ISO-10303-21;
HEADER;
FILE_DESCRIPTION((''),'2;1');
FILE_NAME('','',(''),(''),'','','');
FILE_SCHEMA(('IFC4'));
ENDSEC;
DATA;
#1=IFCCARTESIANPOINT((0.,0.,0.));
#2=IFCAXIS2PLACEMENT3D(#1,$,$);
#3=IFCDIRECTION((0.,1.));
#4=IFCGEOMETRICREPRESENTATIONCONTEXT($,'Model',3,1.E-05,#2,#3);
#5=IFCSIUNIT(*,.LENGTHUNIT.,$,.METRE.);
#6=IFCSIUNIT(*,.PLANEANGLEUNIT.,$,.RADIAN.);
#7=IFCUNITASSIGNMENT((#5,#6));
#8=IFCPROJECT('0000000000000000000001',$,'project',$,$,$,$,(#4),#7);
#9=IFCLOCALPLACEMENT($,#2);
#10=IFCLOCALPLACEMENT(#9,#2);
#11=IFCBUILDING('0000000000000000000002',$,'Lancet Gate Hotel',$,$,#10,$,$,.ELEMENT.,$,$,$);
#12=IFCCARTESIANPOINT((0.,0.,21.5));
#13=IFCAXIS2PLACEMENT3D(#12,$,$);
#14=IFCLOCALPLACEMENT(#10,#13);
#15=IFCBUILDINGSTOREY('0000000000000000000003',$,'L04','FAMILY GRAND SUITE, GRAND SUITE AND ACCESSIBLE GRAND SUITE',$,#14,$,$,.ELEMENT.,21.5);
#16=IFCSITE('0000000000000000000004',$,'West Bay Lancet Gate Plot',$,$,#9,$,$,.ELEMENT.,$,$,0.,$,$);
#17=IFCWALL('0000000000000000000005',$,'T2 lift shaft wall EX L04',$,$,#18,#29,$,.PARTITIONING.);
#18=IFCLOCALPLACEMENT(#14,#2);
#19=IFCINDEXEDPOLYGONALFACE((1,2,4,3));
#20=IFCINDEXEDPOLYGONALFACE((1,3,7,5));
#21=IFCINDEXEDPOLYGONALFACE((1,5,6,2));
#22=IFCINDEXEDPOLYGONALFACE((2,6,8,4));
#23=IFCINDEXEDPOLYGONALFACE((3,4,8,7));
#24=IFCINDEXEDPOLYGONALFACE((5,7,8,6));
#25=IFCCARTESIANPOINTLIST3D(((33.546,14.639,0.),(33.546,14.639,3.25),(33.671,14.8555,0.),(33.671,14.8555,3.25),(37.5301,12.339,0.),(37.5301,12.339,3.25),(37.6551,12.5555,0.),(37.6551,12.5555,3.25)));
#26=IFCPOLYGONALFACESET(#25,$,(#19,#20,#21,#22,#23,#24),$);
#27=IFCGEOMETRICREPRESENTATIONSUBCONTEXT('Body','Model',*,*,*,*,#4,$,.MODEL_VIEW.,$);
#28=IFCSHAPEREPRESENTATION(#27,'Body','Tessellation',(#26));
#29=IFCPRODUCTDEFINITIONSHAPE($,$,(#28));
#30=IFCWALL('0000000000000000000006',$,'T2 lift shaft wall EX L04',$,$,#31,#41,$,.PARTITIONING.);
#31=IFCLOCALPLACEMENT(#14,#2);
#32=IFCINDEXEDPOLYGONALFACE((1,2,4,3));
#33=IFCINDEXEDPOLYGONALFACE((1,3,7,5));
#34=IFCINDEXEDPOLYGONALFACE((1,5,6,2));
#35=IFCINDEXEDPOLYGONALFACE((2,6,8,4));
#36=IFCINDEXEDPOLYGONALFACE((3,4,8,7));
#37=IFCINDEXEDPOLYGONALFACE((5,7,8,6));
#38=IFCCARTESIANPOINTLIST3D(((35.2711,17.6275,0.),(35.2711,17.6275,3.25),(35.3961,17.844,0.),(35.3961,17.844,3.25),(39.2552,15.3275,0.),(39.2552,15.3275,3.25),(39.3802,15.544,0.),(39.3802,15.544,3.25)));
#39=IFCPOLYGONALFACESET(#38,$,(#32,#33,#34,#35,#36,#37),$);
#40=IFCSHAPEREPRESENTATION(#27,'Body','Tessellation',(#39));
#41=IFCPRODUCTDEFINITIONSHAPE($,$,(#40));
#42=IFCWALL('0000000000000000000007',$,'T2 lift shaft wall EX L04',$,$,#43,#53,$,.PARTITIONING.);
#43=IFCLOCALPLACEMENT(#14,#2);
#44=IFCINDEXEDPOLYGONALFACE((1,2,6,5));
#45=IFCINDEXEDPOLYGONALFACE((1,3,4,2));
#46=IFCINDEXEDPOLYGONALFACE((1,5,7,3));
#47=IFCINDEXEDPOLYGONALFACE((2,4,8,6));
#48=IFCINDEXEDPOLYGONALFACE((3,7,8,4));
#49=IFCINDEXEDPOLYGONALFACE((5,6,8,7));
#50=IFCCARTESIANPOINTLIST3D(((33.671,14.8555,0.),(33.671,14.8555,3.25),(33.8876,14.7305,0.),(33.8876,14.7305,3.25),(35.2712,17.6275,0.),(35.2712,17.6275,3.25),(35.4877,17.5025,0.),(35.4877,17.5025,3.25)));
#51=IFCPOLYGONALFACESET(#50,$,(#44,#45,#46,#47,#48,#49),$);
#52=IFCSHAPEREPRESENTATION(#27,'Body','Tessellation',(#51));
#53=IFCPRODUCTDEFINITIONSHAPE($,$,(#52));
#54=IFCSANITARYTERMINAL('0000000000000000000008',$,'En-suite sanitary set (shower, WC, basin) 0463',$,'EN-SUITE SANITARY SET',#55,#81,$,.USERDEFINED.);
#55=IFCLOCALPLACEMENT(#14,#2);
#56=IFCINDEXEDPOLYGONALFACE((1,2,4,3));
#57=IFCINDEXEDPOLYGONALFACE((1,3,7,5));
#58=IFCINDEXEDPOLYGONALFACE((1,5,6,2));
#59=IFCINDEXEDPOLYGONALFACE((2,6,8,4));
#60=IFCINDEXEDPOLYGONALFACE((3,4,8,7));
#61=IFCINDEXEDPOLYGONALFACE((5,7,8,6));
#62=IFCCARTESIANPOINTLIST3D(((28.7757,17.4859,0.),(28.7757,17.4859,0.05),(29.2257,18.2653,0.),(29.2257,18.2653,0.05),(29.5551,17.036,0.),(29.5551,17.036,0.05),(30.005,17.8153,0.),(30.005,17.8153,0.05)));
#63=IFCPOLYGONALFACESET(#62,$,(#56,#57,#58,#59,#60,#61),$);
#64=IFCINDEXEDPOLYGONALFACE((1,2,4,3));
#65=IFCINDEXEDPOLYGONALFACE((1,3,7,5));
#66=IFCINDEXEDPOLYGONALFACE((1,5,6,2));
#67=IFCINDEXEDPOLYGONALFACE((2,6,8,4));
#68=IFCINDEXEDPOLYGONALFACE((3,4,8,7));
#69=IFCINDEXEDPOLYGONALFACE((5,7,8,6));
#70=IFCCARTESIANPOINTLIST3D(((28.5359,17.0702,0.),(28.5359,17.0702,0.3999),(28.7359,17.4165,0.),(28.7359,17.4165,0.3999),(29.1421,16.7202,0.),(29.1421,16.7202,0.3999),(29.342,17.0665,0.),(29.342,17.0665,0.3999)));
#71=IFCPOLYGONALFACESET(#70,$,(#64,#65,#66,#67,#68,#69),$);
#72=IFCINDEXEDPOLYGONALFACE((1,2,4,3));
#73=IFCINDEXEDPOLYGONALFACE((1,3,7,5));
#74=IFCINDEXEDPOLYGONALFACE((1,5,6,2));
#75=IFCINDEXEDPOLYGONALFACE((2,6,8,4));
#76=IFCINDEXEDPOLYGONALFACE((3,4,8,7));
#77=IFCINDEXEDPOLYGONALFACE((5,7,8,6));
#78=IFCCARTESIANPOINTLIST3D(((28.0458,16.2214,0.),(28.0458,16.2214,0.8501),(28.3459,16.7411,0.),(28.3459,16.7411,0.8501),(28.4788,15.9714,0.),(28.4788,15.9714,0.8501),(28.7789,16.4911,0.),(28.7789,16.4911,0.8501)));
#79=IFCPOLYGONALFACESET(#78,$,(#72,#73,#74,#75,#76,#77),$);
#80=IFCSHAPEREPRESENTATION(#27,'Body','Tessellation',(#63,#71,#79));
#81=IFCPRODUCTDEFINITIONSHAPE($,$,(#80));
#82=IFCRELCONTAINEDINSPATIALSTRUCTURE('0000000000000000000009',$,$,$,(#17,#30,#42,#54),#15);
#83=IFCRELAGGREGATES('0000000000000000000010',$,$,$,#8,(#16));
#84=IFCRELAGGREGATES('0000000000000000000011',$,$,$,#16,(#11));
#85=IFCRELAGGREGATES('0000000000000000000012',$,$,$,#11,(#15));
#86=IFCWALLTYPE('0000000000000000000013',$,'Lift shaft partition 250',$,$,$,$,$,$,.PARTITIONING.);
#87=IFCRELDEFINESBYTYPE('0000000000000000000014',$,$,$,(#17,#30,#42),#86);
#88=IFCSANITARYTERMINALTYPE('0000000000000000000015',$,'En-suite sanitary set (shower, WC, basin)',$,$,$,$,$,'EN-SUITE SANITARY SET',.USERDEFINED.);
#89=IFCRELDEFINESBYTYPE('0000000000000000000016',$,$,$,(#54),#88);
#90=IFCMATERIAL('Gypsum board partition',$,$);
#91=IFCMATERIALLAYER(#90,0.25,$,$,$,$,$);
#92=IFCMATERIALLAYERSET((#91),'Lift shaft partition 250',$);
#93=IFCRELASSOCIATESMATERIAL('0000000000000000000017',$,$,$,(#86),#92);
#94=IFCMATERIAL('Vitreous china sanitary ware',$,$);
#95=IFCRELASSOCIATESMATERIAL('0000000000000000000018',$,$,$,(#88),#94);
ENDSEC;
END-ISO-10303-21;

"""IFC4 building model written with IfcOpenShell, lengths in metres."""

from ifc_helpers import new_model, si_unit, direction, frame, frame_2d, origin, origin_2d, place, context, subcontext, project, spatial, rectangle, extrude, material, layer, layer_set, type_object, element, save


model = new_model("IFC4")

# Units and contexts
model_context = context("Model", 3, precision=1e-05, world=origin(), true_north=direction((0.0, 1.0)))
body_context = subcontext(model_context, "Body", "Model", "MODEL_VIEW")
ifc_project = project(units=[si_unit("LENGTHUNIT", "METRE"), si_unit("PLANEANGLEUNIT", "RADIAN")], contexts=[model_context])

# Site, building, storey
site_placement = place(None, origin())
site = spatial("IfcSite", under=ifc_project, at=site_placement, Name="West Bay Lancet Gate Plot", CompositionType="ELEMENT", RefElevation=0.0)
building_placement = place(site_placement, origin())
building = spatial("IfcBuilding", under=site, at=building_placement, Name="Lancet Gate Hotel", CompositionType="ELEMENT")
storey_placement = place(building_placement, frame((0.0, 0.0, 21.5)))
storey = spatial("IfcBuildingStorey", under=building, at=storey_placement, Name="L04", Description="FAMILY GRAND SUITE, GRAND SUITE AND ACCESSIBLE GRAND SUITE", CompositionType="ELEMENT", Elevation=21.5)

# Walls
ifc_material_1 = material(Name="Gypsum board partition")
ifc_layer_1 = layer(ifc_material_1, 0.25)
ifc_layer_set_1 = layer_set([ifc_layer_1], Name="Lift shaft partition 250")
wall_type_1 = type_object("IfcWallType", Name="Lift shaft partition 250", PredefinedType="PARTITIONING", material=ifc_layer_set_1)
for number, where, z_axis, x_axis, name in (
    (1, (33.6084, 14.7473, 0.0), (0.0, 0.0, 1.0), (0.866043, -0.499969, 0.0), "T2 lift shaft wall EX L04"),
    (2, (35.3335, 17.7358, 0.0), (0.0, 0.0, 1.0), (0.866043, -0.499969, 0.0), "T2 lift shaft wall EX L04"),
):
    element("IfcWall", number, at=place(storey_placement, frame(where, z_axis=z_axis, x_axis=x_axis)), inside=storey, type_object=wall_type_1, Name=name, PredefinedType="PARTITIONING", context=body_context, shape_type="SweptSolid", body=[
        extrude(rectangle(XDim=4.6003, YDim=0.25, at=frame_2d((2.3003, 0.0))), origin(), (0.0, 0.0, 1.0), 3.25),
    ])
wall_1_placement = place(storey_placement, frame((33.7793, 14.793, 0.0), z_axis=(0.0, 0.0, 1.0), x_axis=(0.499929, 0.866066, 0.0)))
element("IfcWall", 3, at=wall_1_placement, inside=storey, type_object=wall_type_1, Name="T2 lift shaft wall EX L04", PredefinedType="PARTITIONING", context=body_context, shape_type="SweptSolid", body=[
    extrude(rectangle(XDim=3.2007, YDim=0.25, at=frame_2d((1.6003, 0.0))), origin(), (0.0, 0.0, 1.0), 3.25),
])

# Sanitary terminal
ifc_material_2 = material(Name="Vitreous china sanitary ware")
sanitary_terminal_type = type_object("IfcSanitaryTerminalType", Name="En-suite sanitary set (shower, WC, basin)", ElementType="EN-SUITE SANITARY SET", PredefinedType="USERDEFINED", material=ifc_material_2)
sanitary_terminal_placement = place(storey_placement, frame((29.3904, 17.6506, 0.0), z_axis=(0.0, 0.0, 1.0), x_axis=(1.0, 0.0, 0.0)))
element("IfcSanitaryTerminal", 4, at=sanitary_terminal_placement, inside=storey, type_object=sanitary_terminal_type, Name="En-suite sanitary set (shower, WC, basin) 0463", ObjectType="EN-SUITE SANITARY SET", PredefinedType="USERDEFINED", context=body_context, shape_type="SweptSolid", body=[
    extrude(rectangle(XDim=0.8999, YDim=0.8999, at=origin_2d()), frame((0.0, 0.0, 0.0), z_axis=(0.0, 0.0, 1.0), x_axis=(0.5, 0.866025, 0.0)), (0.0, 0.0, 1.0), 0.05),
    extrude(rectangle(XDim=0.3999, YDim=0.7, at=origin_2d()), frame((-0.4514, -0.5823, 0.0), z_axis=(0.0, 0.0, 1.0), x_axis=(0.5, 0.866025, 0.0)), (0.0, 0.0, 1.0), 0.3999),
    extrude(rectangle(XDim=0.6001, YDim=0.5, at=origin_2d()), frame((-0.978, -1.2944, 0.0), z_axis=(0.0, 0.0, 1.0), x_axis=(0.5, 0.866025, 0.0)), (0.0, 0.0, 1.0), 0.8501),
])

save(model, "model.ifc")
